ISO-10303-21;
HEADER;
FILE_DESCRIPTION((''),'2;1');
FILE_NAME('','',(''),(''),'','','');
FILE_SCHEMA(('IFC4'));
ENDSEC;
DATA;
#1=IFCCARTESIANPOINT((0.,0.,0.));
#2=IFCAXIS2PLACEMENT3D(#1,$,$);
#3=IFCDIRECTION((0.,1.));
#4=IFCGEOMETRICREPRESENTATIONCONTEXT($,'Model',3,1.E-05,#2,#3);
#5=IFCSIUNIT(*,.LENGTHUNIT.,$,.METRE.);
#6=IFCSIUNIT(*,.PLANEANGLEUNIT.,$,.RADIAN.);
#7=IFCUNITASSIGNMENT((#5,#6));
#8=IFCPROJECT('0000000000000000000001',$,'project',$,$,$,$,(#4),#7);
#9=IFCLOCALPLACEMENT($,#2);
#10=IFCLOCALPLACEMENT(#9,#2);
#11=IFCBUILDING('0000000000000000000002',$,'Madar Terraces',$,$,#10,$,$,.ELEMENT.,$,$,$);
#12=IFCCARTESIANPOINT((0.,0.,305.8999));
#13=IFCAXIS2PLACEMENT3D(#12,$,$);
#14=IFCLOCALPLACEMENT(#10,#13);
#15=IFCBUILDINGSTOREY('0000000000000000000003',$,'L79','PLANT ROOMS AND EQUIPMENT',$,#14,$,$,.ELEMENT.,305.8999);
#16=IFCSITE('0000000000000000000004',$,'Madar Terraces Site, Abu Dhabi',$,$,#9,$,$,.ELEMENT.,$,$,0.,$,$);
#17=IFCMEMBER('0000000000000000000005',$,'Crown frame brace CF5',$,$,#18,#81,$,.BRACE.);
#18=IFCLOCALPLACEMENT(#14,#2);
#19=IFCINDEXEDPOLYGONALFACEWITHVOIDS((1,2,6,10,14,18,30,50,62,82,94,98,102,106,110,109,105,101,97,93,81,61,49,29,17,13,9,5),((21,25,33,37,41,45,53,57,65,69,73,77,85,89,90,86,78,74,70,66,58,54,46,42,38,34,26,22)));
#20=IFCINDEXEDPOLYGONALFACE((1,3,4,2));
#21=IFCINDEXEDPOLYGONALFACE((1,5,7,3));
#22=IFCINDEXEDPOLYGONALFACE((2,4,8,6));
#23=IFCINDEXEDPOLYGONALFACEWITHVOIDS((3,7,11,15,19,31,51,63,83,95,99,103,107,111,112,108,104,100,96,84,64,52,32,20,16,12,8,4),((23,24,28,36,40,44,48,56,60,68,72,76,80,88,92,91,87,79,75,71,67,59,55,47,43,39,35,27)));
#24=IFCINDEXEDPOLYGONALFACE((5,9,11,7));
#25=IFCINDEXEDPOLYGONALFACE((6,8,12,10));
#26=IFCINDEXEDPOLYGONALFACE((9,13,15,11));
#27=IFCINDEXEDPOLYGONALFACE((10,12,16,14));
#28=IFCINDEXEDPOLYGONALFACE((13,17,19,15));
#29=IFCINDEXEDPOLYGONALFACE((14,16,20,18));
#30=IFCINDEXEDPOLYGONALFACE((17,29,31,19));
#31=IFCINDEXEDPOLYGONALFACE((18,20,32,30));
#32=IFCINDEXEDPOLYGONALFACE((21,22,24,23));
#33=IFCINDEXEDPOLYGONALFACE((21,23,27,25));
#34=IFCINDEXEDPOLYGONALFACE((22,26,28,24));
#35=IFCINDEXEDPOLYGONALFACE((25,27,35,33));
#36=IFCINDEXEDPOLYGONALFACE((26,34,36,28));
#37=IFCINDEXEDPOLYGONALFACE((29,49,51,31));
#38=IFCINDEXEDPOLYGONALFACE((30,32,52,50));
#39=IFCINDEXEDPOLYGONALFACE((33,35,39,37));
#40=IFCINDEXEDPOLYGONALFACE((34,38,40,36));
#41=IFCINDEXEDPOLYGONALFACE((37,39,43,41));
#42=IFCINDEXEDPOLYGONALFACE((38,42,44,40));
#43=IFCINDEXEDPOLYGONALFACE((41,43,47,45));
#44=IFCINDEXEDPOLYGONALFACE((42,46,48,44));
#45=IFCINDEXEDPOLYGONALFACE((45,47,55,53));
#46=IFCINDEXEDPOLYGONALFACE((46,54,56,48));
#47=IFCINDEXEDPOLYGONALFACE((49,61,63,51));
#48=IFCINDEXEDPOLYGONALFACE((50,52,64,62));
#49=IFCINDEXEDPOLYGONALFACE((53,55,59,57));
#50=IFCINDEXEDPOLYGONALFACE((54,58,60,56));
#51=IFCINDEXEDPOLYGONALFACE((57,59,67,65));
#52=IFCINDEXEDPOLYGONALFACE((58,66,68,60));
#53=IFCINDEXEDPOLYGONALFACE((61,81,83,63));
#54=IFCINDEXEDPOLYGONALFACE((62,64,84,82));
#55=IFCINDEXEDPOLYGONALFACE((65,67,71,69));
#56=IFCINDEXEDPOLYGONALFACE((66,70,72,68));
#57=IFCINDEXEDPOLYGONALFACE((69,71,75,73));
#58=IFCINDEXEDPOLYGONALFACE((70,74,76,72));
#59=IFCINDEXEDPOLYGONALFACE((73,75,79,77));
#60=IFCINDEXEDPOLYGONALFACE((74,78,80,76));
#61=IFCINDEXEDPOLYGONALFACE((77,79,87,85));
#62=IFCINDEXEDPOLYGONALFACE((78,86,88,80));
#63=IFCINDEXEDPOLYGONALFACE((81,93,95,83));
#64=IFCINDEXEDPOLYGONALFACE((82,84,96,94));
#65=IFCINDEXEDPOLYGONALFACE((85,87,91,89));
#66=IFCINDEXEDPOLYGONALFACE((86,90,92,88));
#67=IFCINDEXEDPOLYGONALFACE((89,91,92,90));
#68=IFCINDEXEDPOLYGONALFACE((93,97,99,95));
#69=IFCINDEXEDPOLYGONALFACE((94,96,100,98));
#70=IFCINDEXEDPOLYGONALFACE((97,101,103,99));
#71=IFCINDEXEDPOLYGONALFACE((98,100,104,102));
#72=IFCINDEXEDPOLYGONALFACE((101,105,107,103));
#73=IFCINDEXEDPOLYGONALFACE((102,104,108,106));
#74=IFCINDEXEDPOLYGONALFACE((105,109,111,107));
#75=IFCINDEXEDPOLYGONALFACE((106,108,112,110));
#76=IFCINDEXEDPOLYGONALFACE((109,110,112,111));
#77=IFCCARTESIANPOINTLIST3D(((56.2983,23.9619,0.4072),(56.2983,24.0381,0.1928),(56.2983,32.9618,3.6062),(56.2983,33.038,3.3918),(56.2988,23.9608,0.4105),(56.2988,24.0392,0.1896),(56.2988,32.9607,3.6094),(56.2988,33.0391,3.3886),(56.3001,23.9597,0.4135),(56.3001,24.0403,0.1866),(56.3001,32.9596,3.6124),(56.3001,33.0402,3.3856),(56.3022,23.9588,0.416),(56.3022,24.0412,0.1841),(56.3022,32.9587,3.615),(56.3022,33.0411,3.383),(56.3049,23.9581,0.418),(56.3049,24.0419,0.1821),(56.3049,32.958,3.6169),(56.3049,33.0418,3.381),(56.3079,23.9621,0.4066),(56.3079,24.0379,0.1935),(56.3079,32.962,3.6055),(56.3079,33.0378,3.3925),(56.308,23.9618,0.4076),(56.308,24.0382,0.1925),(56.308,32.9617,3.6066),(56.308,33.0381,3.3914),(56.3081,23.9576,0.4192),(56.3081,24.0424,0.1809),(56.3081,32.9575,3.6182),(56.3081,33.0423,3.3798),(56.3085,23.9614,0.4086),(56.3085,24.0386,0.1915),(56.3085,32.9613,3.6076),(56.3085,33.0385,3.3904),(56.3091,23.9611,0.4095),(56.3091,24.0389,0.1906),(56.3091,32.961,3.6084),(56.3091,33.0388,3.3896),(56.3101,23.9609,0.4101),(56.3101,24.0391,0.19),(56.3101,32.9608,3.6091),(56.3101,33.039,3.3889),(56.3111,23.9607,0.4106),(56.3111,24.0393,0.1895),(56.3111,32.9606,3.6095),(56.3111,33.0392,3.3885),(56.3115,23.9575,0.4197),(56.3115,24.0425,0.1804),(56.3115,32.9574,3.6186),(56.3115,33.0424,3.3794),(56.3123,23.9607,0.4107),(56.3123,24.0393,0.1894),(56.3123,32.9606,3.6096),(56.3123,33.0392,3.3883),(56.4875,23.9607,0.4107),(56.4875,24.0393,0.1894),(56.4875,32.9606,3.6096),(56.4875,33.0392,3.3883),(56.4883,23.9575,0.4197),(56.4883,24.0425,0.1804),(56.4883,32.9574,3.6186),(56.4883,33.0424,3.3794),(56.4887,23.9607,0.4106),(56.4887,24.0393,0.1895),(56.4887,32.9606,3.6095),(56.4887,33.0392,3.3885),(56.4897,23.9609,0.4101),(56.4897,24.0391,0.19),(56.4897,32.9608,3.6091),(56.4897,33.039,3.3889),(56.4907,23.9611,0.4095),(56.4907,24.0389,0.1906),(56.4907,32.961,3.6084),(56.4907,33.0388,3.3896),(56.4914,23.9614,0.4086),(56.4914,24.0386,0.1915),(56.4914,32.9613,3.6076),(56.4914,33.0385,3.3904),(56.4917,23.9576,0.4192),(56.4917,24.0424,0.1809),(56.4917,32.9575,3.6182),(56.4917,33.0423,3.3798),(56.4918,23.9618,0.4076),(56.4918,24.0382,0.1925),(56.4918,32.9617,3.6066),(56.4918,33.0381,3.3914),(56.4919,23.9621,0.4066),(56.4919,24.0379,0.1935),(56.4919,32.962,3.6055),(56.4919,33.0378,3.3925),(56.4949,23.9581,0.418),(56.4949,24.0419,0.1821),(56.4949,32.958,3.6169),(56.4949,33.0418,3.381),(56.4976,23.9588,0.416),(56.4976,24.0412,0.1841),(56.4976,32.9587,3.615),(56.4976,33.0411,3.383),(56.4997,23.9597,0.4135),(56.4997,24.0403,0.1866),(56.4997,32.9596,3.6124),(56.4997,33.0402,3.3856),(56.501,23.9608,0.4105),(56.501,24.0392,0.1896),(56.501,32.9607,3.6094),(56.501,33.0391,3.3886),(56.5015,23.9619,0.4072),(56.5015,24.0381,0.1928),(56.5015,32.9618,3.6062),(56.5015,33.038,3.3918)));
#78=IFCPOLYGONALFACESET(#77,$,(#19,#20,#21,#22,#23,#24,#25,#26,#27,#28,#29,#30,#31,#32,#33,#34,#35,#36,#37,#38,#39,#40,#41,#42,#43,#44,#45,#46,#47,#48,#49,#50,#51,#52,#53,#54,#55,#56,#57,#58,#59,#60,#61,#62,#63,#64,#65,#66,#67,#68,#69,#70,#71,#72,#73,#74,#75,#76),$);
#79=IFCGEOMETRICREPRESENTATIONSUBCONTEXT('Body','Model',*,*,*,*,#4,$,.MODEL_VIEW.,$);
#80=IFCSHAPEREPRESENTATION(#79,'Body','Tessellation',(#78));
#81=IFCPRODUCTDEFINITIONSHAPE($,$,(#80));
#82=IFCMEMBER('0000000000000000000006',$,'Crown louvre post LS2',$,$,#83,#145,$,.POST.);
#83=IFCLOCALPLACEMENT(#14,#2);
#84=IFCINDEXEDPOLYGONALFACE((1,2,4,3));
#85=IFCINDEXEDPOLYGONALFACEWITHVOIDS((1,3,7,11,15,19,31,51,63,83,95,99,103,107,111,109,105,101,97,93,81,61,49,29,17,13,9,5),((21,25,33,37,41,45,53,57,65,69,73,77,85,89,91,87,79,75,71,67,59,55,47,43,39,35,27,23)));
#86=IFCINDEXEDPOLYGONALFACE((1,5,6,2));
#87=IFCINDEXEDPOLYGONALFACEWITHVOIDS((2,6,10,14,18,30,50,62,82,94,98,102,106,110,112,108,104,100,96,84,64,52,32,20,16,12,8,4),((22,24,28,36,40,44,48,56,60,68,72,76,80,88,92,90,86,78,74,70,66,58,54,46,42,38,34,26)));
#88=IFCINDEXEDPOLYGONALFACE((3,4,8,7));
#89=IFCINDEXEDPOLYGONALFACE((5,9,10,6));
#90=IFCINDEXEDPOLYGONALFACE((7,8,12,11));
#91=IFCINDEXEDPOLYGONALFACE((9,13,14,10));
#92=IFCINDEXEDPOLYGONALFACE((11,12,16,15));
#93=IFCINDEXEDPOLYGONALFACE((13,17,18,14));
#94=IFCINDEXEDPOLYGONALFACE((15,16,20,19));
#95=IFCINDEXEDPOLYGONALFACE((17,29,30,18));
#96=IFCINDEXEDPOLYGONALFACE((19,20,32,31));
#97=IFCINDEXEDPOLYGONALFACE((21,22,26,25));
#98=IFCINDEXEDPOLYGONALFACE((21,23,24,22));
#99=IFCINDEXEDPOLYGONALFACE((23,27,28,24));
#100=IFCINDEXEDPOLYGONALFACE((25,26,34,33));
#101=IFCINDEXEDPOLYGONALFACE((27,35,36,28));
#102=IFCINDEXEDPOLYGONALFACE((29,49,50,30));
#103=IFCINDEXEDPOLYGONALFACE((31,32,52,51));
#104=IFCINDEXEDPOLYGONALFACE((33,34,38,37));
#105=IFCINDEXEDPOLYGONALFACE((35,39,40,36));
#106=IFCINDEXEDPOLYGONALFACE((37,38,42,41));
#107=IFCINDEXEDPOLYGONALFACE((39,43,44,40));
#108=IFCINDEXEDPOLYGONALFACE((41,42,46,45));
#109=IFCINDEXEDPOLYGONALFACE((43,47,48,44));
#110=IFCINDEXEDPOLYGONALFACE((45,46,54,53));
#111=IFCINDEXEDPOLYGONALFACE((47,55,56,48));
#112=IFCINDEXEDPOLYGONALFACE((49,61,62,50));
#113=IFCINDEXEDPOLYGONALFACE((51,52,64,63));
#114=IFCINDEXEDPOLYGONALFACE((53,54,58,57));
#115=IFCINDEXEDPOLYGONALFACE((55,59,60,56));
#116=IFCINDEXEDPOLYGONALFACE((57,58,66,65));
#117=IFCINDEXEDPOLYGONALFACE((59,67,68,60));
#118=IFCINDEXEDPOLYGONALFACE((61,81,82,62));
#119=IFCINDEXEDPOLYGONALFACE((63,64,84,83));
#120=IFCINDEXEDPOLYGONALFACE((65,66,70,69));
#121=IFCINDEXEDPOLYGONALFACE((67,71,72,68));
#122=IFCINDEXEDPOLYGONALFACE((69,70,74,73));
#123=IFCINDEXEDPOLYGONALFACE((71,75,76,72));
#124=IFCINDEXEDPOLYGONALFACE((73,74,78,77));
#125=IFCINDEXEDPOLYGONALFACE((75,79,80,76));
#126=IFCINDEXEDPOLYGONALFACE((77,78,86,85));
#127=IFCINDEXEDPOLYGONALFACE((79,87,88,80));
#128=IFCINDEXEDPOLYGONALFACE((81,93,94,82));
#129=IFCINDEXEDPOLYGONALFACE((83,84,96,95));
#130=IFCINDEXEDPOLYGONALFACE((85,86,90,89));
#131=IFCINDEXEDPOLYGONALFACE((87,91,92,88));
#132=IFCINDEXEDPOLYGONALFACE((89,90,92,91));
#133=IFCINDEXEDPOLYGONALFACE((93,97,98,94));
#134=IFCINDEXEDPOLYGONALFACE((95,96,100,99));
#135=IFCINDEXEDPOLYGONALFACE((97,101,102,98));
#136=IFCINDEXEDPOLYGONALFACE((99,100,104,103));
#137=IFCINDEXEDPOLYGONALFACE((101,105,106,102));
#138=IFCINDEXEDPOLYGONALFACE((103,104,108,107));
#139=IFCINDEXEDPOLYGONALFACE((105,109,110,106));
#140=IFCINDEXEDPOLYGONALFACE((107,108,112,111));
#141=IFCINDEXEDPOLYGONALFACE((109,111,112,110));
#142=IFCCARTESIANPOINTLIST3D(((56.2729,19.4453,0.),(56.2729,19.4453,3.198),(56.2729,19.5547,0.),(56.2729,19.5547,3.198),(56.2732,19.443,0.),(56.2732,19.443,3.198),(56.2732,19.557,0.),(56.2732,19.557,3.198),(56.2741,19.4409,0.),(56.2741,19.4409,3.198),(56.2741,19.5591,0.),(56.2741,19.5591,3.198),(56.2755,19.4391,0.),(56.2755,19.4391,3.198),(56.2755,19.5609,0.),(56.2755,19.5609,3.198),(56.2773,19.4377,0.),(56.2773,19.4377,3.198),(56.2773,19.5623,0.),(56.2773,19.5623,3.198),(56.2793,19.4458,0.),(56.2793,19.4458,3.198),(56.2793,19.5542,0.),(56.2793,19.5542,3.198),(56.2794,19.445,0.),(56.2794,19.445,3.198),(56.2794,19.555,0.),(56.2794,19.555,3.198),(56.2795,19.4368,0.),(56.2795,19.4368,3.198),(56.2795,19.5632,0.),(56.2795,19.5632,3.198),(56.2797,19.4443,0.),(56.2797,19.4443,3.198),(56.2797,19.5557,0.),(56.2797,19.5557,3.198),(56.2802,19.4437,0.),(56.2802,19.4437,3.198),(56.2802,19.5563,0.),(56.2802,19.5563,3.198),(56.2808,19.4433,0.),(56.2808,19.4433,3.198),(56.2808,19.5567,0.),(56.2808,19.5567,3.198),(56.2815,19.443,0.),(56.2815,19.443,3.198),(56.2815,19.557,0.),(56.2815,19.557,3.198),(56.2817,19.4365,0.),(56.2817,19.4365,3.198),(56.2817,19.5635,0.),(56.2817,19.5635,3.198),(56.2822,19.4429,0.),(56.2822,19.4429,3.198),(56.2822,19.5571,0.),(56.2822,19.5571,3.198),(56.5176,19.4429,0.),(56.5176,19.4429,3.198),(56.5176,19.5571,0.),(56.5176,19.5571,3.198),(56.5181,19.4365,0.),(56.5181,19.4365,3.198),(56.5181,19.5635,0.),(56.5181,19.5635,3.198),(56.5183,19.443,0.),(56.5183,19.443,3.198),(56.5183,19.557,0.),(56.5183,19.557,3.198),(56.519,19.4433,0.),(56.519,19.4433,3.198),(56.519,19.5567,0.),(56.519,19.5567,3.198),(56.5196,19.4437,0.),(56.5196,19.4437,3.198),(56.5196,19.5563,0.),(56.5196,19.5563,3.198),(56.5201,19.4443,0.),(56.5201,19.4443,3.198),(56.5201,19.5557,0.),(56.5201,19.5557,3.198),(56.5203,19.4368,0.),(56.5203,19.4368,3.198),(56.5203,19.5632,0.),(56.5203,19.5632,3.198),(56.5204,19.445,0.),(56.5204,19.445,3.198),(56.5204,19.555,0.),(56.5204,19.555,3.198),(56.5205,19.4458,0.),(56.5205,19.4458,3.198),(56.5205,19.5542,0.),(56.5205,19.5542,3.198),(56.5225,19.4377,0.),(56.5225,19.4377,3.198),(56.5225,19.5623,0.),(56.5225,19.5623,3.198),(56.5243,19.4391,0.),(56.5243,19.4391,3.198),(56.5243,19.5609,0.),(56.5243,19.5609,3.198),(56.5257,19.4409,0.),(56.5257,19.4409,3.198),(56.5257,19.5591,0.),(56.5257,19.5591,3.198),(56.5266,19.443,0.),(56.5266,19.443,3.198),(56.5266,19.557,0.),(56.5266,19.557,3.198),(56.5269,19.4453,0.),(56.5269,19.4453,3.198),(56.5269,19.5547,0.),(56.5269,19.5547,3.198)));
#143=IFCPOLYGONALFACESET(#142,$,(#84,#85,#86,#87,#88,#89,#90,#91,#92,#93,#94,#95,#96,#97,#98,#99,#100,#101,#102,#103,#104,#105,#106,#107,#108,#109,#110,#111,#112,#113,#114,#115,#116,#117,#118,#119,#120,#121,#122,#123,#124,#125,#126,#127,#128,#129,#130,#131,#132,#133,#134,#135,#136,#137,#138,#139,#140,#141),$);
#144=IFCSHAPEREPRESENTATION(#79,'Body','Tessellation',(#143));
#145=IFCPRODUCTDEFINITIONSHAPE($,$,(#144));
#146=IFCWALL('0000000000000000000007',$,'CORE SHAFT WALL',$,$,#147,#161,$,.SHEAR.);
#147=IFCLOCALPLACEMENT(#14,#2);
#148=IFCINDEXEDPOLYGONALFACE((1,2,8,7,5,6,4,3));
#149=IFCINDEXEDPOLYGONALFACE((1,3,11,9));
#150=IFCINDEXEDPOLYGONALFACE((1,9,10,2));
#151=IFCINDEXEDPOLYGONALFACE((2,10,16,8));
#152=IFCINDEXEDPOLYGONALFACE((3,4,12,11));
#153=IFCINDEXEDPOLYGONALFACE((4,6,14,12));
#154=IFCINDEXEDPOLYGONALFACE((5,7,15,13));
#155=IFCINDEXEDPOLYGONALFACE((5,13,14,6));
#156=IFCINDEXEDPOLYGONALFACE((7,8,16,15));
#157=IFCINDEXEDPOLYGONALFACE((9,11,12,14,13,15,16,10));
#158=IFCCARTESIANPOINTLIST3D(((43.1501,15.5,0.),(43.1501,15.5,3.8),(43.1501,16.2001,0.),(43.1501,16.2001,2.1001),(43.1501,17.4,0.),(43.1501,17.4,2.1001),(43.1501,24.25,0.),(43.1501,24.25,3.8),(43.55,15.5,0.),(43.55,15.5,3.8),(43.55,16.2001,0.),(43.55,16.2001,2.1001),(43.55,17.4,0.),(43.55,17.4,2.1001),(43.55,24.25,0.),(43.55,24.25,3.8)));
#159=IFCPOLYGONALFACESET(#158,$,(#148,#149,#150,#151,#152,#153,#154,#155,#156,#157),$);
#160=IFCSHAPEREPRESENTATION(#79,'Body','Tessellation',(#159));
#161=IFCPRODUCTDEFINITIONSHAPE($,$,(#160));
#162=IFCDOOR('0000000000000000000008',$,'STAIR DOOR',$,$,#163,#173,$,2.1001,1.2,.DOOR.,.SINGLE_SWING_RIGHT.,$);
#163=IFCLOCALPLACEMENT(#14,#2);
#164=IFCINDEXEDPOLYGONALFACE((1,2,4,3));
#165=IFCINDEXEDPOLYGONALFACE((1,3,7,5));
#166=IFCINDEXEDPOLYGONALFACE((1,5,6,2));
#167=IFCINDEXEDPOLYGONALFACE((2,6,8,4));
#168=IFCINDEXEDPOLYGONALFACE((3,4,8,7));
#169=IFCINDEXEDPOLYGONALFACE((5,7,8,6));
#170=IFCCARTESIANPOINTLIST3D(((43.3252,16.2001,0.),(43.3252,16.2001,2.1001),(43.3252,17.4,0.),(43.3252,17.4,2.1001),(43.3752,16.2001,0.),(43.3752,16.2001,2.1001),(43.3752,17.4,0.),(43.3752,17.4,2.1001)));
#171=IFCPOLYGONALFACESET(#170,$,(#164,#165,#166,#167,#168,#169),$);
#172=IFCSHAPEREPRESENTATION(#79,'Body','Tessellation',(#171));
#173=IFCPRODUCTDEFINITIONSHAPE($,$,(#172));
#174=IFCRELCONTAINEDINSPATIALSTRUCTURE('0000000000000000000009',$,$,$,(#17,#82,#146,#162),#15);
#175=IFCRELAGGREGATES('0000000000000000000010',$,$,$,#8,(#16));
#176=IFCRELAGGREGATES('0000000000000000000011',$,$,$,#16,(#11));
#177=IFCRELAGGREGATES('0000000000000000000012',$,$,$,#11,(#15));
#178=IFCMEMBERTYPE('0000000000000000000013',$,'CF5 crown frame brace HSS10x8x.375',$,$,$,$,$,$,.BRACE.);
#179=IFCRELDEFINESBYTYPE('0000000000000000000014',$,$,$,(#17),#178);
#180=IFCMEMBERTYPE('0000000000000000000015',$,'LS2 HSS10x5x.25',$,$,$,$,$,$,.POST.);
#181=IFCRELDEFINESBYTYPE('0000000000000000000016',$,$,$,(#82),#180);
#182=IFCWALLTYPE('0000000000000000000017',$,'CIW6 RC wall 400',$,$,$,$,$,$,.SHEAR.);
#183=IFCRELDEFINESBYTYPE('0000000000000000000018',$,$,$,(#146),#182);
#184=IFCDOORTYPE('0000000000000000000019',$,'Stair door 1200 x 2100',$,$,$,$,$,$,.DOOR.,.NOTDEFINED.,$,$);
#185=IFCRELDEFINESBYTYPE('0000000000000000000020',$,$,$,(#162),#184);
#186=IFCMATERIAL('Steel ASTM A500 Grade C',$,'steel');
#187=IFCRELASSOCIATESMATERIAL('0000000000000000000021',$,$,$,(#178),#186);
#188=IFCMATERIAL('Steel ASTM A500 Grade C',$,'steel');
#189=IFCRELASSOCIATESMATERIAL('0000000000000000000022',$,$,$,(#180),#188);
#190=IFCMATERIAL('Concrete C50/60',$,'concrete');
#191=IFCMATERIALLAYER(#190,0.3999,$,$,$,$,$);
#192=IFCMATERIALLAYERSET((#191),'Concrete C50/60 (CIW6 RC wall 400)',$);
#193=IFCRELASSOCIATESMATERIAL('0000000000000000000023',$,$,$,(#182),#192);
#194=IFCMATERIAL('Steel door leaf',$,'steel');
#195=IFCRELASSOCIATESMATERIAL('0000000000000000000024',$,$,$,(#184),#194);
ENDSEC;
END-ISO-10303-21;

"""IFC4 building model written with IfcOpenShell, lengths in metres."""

from ifc_helpers import new_model, si_unit, direction, frame, frame_2d, origin, origin_2d, place, context, subcontext, project, spatial, rectangle, hollow_rectangle, extrude, material, layer, layer_set, material_profile, profile_set, type_object, element, fill, save


model = new_model("IFC4")

# Units and contexts
model_context = context("Model", 3, precision=1e-05, world=origin(), true_north=direction((0.0, 1.0)))
body_context = subcontext(model_context, "Body", "Model", "MODEL_VIEW")
ifc_project = project(units=[si_unit("LENGTHUNIT", "METRE"), si_unit("PLANEANGLEUNIT", "RADIAN")], contexts=[model_context])

# Site, building, storey
site_placement = place(None, origin())
site = spatial("IfcSite", under=ifc_project, at=site_placement, Name="Madar Terraces Site, Abu Dhabi", CompositionType="ELEMENT", RefElevation=0.0)
building_placement = place(site_placement, origin())
building = spatial("IfcBuilding", under=site, at=building_placement, Name="Madar Terraces", CompositionType="ELEMENT")
storey_placement = place(building_placement, frame((0.0, 0.0, 305.8999)))
storey = spatial("IfcBuildingStorey", under=building, at=storey_placement, Name="L79", Description="PLANT ROOMS AND EQUIPMENT", CompositionType="ELEMENT", Elevation=305.8999)

# Members
ifc_material_1 = material(Name="Steel ASTM A500 Grade C", Category="steel")
ifc_material_profile_1 = material_profile(ifc_material_1, hollow_rectangle(XDim=0.2031, YDim=0.2539, WallThickness=0.0095, InnerFilletRadius=0.0044, OuterFilletRadius=0.0132, at=origin_2d()), Name="HSS10x8x.375")
ifc_profile_set_1 = profile_set([ifc_material_profile_1], Name="Steel ASTM A500 Grade C")
member_type_1 = type_object("IfcMemberType", Name="CF5 crown frame brace HSS10x8x.375", PredefinedType="BRACE", material=ifc_profile_set_1)
for number, where, z_axis, x_axis, name in (
    (1, (56.3999, 24.0, 0.3), (0.0, 0.942249, 0.334914), (-1.0, 0.0, 0.0), "Crown frame brace CF5"),
):
    element("IfcMember", number, at=place(storey_placement, frame(where, z_axis=z_axis, x_axis=x_axis)), inside=storey, type_object=member_type_1, Name=name, PredefinedType="BRACE", context=body_context, shape_type="SweptSolid", body=[
        extrude(hollow_rectangle(XDim=0.2031, YDim=0.2539, WallThickness=0.0095, InnerFilletRadius=0.0044, OuterFilletRadius=0.0132, at=origin_2d()), origin(), (0.0, 0.0, 1.0), 9.5515),
    ])
ifc_material_2 = material(Name="Steel ASTM A500 Grade C", Category="steel")
ifc_material_profile_2 = material_profile(ifc_material_2, hollow_rectangle(XDim=0.127, YDim=0.2539, WallThickness=0.0063, InnerFilletRadius=0.0029, OuterFilletRadius=0.0088, at=origin_2d()), Name="HSS10x5x.25")
ifc_profile_set_2 = profile_set([ifc_material_profile_2], Name="Steel ASTM A500 Grade C")
member_type_2 = type_object("IfcMemberType", Name="LS2 HSS10x5x.25", PredefinedType="POST", material=ifc_profile_set_2)
member_placement = place(storey_placement, frame((56.3999, 19.5, 0.0), z_axis=(0.0, 0.0, 1.0), x_axis=(0.0, 1.0, 0.0)))
element("IfcMember", 2, at=member_placement, inside=storey, type_object=member_type_2, Name="Crown louvre post LS2", PredefinedType="POST", context=body_context, shape_type="SweptSolid", body=[
    extrude(hollow_rectangle(XDim=0.127, YDim=0.2539, WallThickness=0.0063, InnerFilletRadius=0.0029, OuterFilletRadius=0.0088, at=origin_2d()), origin(), (0.0, 0.0, 1.0), 3.198),
])

# Wall, opening, door
ifc_material_3 = material(Name="Concrete C50/60", Category="concrete")
ifc_layer_1 = layer(ifc_material_3, 0.3999)
ifc_layer_set_1 = layer_set([ifc_layer_1], Name="Concrete C50/60 (CIW6 RC wall 400)")
wall_type_1 = type_object("IfcWallType", Name="CIW6 RC wall 400", PredefinedType="SHEAR", material=ifc_layer_set_1)
wall_1_placement = place(storey_placement, frame((43.3501, 15.5, 0.0), z_axis=(0.0, 0.0, 1.0), x_axis=(0.0, 1.0, 0.0)))
wall_1 = element("IfcWall", 3, at=wall_1_placement, inside=storey, type_object=wall_type_1, Name="CORE SHAFT WALL", PredefinedType="SHEAR", context=body_context, shape_type="SweptSolid", body=[
    extrude(rectangle(XDim=8.75, YDim=0.3999, at=frame_2d((4.375, 0.0))), origin(), (0.0, 0.0, 1.0), 3.8),
])
opening_1_placement = place(wall_1_placement, frame((0.7, 0.0, 0.0)))
opening_1 = element("IfcOpeningElement", 4, at=opening_1_placement, cuts=wall_1, PredefinedType="OPENING", context=body_context, shape_type="SweptSolid", body=[
    extrude(rectangle(XDim=1.2, YDim=2.1001, at=frame_2d((0.6001, 1.05))), frame((0.0, 0.21, 0.0), z_axis=(0.0, -1.0, 0.0), x_axis=(1.0, 0.0, 0.0)), (0.0, 0.0, 1.0), 0.4199),
])
ifc_material_4 = material(Name="Steel door leaf", Category="steel")
door_type_1 = type_object("IfcDoorType", Name="Stair door 1200 x 2100", OperationType="NOTDEFINED", PredefinedType="DOOR", material=ifc_material_4)
door_1_placement = place(opening_1_placement, origin())
door_1 = element("IfcDoor", 5, at=door_1_placement, inside=storey, type_object=door_type_1, Name="STAIR DOOR", OperationType="SINGLE_SWING_RIGHT", OverallHeight=2.1001, OverallWidth=1.2, PredefinedType="DOOR", context=body_context, shape_type="SweptSolid", body=[
    extrude(rectangle(XDim=1.2, YDim=2.1001, at=frame_2d((0.6001, 1.05))), frame((0.0, 0.0249, 0.0), z_axis=(0.0, -1.0, 0.0), x_axis=(1.0, 0.0, 0.0)), (0.0, 0.0, 1.0), 0.05),
])
fill(opening_1, door_1)

save(model, "model.ifc")
